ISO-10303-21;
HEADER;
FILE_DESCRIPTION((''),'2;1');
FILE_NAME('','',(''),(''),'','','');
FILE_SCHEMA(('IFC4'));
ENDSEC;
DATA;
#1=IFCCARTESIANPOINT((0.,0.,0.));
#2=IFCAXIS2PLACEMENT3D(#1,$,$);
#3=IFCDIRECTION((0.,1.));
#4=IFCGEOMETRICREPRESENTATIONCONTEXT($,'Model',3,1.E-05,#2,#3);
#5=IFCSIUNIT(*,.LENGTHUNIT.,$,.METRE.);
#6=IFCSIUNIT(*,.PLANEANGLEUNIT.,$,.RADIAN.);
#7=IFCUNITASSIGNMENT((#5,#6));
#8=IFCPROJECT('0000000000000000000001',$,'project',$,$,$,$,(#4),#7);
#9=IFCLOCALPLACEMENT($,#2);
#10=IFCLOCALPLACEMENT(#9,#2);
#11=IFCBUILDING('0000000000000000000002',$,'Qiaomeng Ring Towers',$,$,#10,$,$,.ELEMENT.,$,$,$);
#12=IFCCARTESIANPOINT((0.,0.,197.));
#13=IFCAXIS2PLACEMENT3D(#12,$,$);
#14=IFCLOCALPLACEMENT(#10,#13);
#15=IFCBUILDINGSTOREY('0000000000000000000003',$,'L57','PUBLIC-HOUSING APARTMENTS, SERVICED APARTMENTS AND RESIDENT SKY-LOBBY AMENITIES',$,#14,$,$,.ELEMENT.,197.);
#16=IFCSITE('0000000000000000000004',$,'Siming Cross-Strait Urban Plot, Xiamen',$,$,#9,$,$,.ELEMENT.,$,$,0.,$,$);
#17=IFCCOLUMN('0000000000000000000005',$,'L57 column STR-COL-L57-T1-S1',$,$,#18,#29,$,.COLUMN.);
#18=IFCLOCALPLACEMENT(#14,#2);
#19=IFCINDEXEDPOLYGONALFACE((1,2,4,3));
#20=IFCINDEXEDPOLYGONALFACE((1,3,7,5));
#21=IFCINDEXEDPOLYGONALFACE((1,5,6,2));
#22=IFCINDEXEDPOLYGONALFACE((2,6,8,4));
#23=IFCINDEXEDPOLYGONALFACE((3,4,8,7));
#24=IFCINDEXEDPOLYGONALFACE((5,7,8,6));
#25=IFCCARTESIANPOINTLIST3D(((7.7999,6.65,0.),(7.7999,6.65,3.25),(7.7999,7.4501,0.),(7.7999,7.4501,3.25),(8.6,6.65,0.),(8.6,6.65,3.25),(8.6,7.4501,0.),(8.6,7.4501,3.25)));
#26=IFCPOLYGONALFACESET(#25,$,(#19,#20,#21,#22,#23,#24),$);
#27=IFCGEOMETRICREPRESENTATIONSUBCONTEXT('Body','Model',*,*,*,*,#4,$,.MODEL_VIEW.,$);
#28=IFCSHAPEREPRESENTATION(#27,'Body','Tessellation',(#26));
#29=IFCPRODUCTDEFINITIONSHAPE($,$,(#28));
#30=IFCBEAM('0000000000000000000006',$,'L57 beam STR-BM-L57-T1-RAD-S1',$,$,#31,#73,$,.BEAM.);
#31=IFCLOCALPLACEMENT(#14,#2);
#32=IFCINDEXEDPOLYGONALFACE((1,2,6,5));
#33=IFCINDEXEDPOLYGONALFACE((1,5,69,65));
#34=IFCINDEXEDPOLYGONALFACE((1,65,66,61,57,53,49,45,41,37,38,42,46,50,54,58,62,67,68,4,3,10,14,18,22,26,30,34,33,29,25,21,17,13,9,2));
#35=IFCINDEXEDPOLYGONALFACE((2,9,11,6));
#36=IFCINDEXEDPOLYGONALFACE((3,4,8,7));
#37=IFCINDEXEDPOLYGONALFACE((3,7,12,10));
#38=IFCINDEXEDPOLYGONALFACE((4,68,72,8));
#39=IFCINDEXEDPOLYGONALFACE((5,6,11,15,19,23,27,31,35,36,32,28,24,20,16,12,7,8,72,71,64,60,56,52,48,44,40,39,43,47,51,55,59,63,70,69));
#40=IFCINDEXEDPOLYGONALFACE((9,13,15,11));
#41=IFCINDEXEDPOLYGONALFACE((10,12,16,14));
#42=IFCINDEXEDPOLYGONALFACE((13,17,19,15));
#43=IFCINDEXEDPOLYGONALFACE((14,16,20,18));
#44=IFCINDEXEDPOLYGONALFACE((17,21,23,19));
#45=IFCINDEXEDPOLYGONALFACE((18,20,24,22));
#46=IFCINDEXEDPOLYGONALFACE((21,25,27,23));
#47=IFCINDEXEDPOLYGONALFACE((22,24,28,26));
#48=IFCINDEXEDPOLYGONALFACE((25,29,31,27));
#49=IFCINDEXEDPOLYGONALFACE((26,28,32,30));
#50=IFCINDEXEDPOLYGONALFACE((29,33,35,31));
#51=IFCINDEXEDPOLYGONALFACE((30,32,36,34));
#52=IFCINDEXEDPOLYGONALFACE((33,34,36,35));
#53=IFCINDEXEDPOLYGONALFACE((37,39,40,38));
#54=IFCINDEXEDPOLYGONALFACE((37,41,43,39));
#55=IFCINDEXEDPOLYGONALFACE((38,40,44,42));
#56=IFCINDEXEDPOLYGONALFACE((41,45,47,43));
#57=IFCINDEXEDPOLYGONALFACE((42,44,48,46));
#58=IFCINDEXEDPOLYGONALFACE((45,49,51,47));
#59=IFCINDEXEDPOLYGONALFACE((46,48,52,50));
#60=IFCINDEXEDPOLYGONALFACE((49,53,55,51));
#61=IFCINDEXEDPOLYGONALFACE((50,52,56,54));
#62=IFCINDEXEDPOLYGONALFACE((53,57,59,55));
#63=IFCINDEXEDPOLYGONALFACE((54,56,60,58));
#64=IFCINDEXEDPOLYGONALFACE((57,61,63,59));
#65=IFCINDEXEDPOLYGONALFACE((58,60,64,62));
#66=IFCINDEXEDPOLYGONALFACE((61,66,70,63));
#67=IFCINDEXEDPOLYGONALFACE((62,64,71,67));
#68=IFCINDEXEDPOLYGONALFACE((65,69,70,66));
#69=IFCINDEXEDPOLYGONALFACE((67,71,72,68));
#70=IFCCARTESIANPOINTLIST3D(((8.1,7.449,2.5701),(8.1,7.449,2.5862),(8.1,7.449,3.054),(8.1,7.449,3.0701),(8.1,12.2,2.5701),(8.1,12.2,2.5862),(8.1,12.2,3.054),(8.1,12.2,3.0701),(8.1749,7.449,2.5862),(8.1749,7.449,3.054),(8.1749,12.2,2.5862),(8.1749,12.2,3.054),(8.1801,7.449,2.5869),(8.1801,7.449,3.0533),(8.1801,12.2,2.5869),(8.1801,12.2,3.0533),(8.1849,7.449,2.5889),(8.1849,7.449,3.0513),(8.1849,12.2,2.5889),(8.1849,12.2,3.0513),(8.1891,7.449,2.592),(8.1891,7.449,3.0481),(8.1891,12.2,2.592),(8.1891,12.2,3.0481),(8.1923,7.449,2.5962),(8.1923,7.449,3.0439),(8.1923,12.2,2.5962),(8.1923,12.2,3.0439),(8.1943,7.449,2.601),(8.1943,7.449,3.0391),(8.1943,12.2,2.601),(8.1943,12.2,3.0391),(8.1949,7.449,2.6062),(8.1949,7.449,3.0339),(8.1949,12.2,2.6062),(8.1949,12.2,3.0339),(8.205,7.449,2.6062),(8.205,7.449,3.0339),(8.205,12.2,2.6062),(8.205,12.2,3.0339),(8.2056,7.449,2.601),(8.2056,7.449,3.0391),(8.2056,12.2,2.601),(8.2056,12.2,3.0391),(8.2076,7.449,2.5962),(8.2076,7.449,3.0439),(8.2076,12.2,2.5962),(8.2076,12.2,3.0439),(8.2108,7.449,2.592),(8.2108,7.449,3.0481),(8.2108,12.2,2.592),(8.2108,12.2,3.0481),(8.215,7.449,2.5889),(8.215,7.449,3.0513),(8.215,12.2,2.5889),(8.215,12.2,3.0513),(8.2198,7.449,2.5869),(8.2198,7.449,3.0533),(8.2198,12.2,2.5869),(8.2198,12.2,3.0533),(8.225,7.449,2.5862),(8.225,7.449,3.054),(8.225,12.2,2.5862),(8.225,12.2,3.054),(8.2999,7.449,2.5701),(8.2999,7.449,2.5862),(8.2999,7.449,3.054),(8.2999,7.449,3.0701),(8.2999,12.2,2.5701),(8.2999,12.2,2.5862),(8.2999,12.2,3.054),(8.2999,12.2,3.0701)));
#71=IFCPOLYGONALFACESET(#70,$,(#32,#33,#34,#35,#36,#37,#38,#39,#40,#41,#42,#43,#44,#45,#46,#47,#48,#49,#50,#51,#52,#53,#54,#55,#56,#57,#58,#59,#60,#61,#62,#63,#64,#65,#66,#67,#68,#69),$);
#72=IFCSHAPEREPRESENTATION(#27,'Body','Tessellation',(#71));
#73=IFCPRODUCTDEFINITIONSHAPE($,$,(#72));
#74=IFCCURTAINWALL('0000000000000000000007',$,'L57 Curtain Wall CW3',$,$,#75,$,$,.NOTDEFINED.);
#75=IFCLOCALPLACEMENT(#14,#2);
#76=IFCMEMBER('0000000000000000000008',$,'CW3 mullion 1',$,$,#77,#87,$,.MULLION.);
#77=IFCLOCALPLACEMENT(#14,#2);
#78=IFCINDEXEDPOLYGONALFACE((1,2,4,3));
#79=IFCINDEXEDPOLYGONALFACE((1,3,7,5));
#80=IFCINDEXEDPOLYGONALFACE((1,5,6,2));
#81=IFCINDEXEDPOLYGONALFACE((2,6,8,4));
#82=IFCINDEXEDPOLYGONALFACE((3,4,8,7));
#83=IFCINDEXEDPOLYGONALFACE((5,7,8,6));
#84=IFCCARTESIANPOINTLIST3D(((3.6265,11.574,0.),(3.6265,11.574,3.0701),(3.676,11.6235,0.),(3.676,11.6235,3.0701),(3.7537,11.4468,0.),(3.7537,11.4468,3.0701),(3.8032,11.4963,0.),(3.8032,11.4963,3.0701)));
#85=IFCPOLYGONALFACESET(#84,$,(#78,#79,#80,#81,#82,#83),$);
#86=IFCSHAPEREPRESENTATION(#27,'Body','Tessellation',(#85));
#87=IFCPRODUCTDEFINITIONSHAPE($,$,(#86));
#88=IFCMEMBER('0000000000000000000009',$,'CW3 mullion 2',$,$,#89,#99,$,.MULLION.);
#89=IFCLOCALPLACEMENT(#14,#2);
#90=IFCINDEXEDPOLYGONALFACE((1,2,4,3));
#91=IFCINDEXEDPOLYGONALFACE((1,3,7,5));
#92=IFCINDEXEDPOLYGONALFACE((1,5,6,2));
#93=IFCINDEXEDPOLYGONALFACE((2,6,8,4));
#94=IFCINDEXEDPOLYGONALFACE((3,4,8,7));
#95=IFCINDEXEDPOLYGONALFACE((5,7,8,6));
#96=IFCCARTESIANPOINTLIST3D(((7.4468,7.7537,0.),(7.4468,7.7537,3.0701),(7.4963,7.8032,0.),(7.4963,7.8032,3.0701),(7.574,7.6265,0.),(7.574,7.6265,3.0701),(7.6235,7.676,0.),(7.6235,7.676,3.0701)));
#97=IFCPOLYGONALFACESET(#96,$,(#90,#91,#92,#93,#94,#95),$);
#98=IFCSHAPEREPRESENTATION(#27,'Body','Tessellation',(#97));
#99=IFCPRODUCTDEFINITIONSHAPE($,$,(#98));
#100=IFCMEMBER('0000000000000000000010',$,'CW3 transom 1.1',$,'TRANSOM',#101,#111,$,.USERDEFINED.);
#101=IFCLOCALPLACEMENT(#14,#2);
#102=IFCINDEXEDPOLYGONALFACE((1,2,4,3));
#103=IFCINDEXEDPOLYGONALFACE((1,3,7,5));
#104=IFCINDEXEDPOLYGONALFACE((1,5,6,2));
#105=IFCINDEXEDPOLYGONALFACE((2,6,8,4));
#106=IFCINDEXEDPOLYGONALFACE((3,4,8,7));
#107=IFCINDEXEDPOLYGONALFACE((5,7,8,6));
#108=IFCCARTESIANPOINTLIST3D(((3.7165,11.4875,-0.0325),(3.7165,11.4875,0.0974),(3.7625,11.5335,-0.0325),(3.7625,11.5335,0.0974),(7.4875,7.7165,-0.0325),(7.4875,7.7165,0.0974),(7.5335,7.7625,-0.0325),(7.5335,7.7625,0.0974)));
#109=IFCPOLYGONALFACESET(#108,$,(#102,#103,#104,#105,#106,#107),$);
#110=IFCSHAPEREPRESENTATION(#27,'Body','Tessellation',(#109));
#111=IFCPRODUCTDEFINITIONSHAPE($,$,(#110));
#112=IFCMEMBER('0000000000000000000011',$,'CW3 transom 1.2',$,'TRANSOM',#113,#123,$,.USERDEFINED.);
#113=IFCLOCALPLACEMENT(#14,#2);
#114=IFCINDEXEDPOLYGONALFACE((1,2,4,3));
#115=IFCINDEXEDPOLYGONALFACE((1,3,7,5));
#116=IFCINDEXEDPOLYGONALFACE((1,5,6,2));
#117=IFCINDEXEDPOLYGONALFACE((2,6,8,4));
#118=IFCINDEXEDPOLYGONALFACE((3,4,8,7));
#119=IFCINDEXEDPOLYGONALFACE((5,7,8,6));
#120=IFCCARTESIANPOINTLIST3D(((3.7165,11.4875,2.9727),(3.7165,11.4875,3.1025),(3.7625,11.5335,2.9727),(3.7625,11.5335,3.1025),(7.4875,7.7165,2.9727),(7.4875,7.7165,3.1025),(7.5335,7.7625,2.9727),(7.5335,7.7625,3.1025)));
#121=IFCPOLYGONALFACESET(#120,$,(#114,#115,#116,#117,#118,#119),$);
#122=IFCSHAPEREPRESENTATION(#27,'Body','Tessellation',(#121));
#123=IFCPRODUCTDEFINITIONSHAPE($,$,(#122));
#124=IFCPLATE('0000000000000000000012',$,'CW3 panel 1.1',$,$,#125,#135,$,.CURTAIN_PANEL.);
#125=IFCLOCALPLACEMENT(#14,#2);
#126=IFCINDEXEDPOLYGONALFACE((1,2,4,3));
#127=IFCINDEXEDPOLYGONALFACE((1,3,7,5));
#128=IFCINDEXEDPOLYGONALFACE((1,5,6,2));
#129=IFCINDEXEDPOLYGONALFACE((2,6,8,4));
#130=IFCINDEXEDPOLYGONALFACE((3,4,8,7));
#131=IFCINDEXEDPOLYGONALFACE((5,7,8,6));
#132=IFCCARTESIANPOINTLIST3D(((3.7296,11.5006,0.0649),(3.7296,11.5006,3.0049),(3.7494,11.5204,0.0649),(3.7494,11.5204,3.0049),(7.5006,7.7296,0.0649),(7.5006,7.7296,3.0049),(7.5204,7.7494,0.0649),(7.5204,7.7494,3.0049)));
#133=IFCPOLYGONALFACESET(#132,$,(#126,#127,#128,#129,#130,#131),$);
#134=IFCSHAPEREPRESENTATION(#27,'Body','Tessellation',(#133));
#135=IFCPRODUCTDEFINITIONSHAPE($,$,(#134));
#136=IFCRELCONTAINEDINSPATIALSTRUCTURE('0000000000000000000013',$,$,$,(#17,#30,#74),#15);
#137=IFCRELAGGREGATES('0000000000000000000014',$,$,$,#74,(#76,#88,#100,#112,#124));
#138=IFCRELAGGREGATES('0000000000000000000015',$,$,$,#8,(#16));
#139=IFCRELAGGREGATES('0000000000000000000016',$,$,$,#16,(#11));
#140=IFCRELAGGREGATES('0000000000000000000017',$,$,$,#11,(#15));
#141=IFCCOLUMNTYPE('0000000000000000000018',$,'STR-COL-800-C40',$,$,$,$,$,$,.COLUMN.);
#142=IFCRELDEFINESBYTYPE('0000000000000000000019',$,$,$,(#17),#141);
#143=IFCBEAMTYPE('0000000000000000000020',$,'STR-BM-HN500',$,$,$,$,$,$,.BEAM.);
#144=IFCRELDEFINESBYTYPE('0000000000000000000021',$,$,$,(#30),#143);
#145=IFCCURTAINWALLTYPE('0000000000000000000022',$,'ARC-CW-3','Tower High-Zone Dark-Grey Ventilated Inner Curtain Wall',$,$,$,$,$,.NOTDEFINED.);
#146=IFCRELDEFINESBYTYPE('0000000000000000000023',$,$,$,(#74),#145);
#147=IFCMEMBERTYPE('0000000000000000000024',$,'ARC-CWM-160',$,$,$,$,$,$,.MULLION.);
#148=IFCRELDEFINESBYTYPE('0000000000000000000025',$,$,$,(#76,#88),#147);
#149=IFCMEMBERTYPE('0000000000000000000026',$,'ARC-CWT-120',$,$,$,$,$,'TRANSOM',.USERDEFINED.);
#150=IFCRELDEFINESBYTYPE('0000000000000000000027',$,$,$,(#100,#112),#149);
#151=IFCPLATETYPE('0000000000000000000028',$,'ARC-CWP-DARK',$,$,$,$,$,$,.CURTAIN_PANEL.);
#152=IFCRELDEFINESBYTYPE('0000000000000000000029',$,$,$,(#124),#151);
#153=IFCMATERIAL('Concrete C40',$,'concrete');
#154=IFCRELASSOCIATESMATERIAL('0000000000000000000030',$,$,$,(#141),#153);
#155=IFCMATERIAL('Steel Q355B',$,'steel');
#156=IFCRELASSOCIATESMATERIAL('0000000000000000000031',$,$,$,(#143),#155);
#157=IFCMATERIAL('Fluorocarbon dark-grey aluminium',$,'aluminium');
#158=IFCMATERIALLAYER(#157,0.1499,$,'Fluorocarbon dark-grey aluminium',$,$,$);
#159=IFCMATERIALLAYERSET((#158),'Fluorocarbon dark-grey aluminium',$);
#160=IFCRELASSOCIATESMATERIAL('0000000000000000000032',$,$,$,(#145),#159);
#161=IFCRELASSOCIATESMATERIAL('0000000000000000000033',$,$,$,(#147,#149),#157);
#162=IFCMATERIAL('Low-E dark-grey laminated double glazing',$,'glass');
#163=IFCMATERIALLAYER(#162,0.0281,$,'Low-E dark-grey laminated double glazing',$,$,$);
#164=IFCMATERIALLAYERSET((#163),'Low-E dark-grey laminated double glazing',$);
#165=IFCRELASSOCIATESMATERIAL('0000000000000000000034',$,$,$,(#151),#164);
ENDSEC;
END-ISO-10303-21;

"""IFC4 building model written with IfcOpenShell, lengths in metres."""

from ifc_helpers import new_model, si_unit, direction, frame, origin, origin_2d, place, context, subcontext, project, spatial, rectangle, i_section, extrude, source, transform, mapped, material, layer, layer_set, material_profile, profile_set, type_object, element, aggregate, save


model = new_model("IFC4")

# Units and contexts
model_context = context("Model", 3, precision=1e-05, world=origin(), true_north=direction((0.0, 1.0)))
body_context = subcontext(model_context, "Body", "Model", "MODEL_VIEW")
ifc_project = project(units=[si_unit("LENGTHUNIT", "METRE"), si_unit("PLANEANGLEUNIT", "RADIAN")], contexts=[model_context])

# Site, building, storey
site_placement = place(None, origin())
site = spatial("IfcSite", under=ifc_project, at=site_placement, Name="Siming Cross-Strait Urban Plot, Xiamen", CompositionType="ELEMENT", RefElevation=0.0)
building_placement = place(site_placement, origin())
building = spatial("IfcBuilding", under=site, at=building_placement, Name="Qiaomeng Ring Towers", CompositionType="ELEMENT")
storey_placement = place(building_placement, frame((0.0, 0.0, 197.0)))
storey = spatial("IfcBuildingStorey", under=building, at=storey_placement, Name="L57", Description="PUBLIC-HOUSING APARTMENTS, SERVICED APARTMENTS AND RESIDENT SKY-LOBBY AMENITIES", CompositionType="ELEMENT", Elevation=197.0)

# Column
ifc_material_1 = material(Name="Concrete C40", Category="concrete")
ifc_material_profile_1 = material_profile(ifc_material_1, rectangle(XDim=0.8, YDim=0.8, at=origin_2d()), Name="RC COL 800x800")
ifc_profile_set_1 = profile_set([ifc_material_profile_1], Name="Concrete C40")
column_type = type_object("IfcColumnType", Name="STR-COL-800-C40", PredefinedType="COLUMN", material=ifc_profile_set_1)
shared_shape_1 = source(origin(), body_context, "Body", "SweptSolid", [
    extrude(rectangle(XDim=0.8, YDim=0.8, at=origin_2d()), origin(), (0.0, 0.0, 1.0), 3.25),
])
column_placement = place(storey_placement, frame((8.2, 7.05, 0.0), z_axis=(0.0, 0.0, 1.0), x_axis=(1.0, 0.0, 0.0)))
element("IfcColumn", 1, at=column_placement, inside=storey, type_object=column_type, Name="L57 column STR-COL-L57-T1-S1", PredefinedType="COLUMN", context=body_context, shape_type="MappedRepresentation", body=[
    mapped(shared_shape_1, transform((0.0, 0.0, 0.0), x_axis=(1.0, 0.0, 0.0), y_axis=(0.0, 1.0, 0.0), z_axis=(0.0, 0.0, 1.0), scale=1.0)),
])

# Beam
ifc_material_2 = material(Name="Steel Q355B", Category="steel")
ifc_material_profile_2 = material_profile(ifc_material_2, i_section(OverallWidth=0.2, OverallDepth=0.5, WebThickness=0.01, FlangeThickness=0.0161, FilletRadius=0.02, at=origin_2d()), Name="HN 500x200x10x16")
ifc_profile_set_2 = profile_set([ifc_material_profile_2], Name="Steel Q355B")
beam_type = type_object("IfcBeamType", Name="STR-BM-HN500", PredefinedType="BEAM", material=ifc_profile_set_2)
shared_shape_2 = source(origin(), body_context, "Body", "SweptSolid", [
    extrude(i_section(OverallWidth=0.2, OverallDepth=0.5, WebThickness=0.01, FlangeThickness=0.0161, FilletRadius=0.02, at=origin_2d()), origin(), (0.0, 0.0, 1.0), 4.751),
])
beam_placement = place(storey_placement, frame((8.2, 7.449, 2.8201), z_axis=(0.0, 1.0, 0.0), x_axis=(-1.0, 0.0, 0.0)))
element("IfcBeam", 2, at=beam_placement, inside=storey, type_object=beam_type, Name="L57 beam STR-BM-L57-T1-RAD-S1", PredefinedType="BEAM", context=body_context, shape_type="MappedRepresentation", body=[
    mapped(shared_shape_2, transform((0.0, 0.0, 0.0), x_axis=(1.0, 0.0, 0.0), y_axis=(0.0, 1.0, 0.0), z_axis=(0.0, 0.0, 1.0), scale=1.0)),
])

# Curtain wall, members, plate
ifc_material_3 = material(Name="Fluorocarbon dark-grey aluminium", Category="aluminium")
ifc_layer_1 = layer(ifc_material_3, 0.1499, Name="Fluorocarbon dark-grey aluminium")
ifc_layer_set_1 = layer_set([ifc_layer_1], Name="Fluorocarbon dark-grey aluminium")
curtain_wall_type = type_object("IfcCurtainWallType", Name="ARC-CW-3", Description="Tower High-Zone Dark-Grey Ventilated Inner Curtain Wall", PredefinedType="NOTDEFINED", material=ifc_layer_set_1)
curtain_wall_placement = place(storey_placement, origin())
curtain_wall = element("IfcCurtainWall", 3, at=curtain_wall_placement, inside=storey, type_object=curtain_wall_type, Name="L57 Curtain Wall CW3", PredefinedType="NOTDEFINED")
ifc_material_profile_3 = material_profile(ifc_material_3, rectangle(XDim=0.0701, YDim=0.1799, at=origin_2d()), Name="ALU MULL 70x180")
ifc_profile_set_3 = profile_set([ifc_material_profile_3], Name="Fluorocarbon dark-grey aluminium")
member_type_1 = type_object("IfcMemberType", Name="ARC-CWM-160", PredefinedType="MULLION", material=ifc_profile_set_3)
shared_shape_3 = source(origin(), body_context, "Body", "SweptSolid", [
    extrude(rectangle(XDim=0.0701, YDim=0.1799, at=origin_2d()), origin(), (0.0, 0.0, 1.0), 3.0701),
])
member_1_placement = place(storey_placement, frame((3.7148, 11.5352, 0.0), z_axis=(0.0, 0.0, 1.0), x_axis=(0.707107, 0.707107, 0.0)))
member_1 = element("IfcMember", 4, at=member_1_placement, type_object=member_type_1, Name="CW3 mullion 1", PredefinedType="MULLION", context=body_context, shape_type="MappedRepresentation", body=[
    mapped(shared_shape_3, transform((0.0, 0.0, 0.0), x_axis=(1.0, 0.0, 0.0), y_axis=(0.0, 1.0, 0.0), z_axis=(0.0, 0.0, 1.0), scale=1.0)),
])
member_2_placement = place(storey_placement, frame((7.5352, 7.7148, 0.0), z_axis=(0.0, 0.0, 1.0), x_axis=(0.707107, 0.707107, 0.0)))
member_2 = element("IfcMember", 5, at=member_2_placement, type_object=member_type_1, Name="CW3 mullion 2", PredefinedType="MULLION", context=body_context, shape_type="MappedRepresentation", body=[
    mapped(shared_shape_3, transform((0.0, 0.0, 0.0), x_axis=(1.0, 0.0, 0.0), y_axis=(0.0, 1.0, 0.0), z_axis=(0.0, 0.0, 1.0), scale=1.0)),
])
ifc_material_profile_4 = material_profile(ifc_material_3, rectangle(XDim=0.0649, YDim=0.1299, at=origin_2d()), Name="ALU TRAN 65x130")
ifc_profile_set_4 = profile_set([ifc_material_profile_4], Name="Fluorocarbon dark-grey aluminium")
member_type_2 = type_object("IfcMemberType", Name="ARC-CWT-120", ElementType="TRANSOM", PredefinedType="USERDEFINED", material=ifc_profile_set_4)
shared_shape_4 = source(origin(), body_context, "Body", "SweptSolid", [
    extrude(rectangle(XDim=0.0649, YDim=0.1299, at=origin_2d()), origin(), (0.0, 0.0, 1.0), 5.333),
])
member_3_placement = place(storey_placement, frame((3.7395, 11.5105, 0.0325), z_axis=(0.707107, -0.707107, 0.0), x_axis=(0.707107, 0.707107, 0.0)))
member_3 = element("IfcMember", 6, at=member_3_placement, type_object=member_type_2, Name="CW3 transom 1.1", ObjectType="TRANSOM", PredefinedType="USERDEFINED", context=body_context, shape_type="MappedRepresentation", body=[
    mapped(shared_shape_4, transform((0.0, 0.0, 0.0), x_axis=(1.0, 0.0, 0.0), y_axis=(0.0, 1.0, 0.0), z_axis=(0.0, 0.0, 1.0), scale=1.0)),
])
member_4_placement = place(storey_placement, frame((3.7395, 11.5105, 3.0376), z_axis=(0.707107, -0.707107, 0.0), x_axis=(0.707107, 0.707107, 0.0)))
member_4 = element("IfcMember", 7, at=member_4_placement, type_object=member_type_2, Name="CW3 transom 1.2", ObjectType="TRANSOM", PredefinedType="USERDEFINED", context=body_context, shape_type="MappedRepresentation", body=[
    mapped(shared_shape_4, transform((0.0, 0.0, 0.0), x_axis=(1.0, 0.0, 0.0), y_axis=(0.0, 1.0, 0.0), z_axis=(0.0, 0.0, 1.0), scale=1.0)),
])
ifc_material_4 = material(Name="Low-E dark-grey laminated double glazing", Category="glass")
ifc_layer_2 = layer(ifc_material_4, 0.0281, Name="Low-E dark-grey laminated double glazing")
ifc_layer_set_2 = layer_set([ifc_layer_2], Name="Low-E dark-grey laminated double glazing")
plate_type = type_object("IfcPlateType", Name="ARC-CWP-DARK", PredefinedType="CURTAIN_PANEL", material=ifc_layer_set_2)
shared_shape_5 = source(origin(), body_context, "Body", "SweptSolid", [
    extrude(rectangle(XDim=5.333, YDim=0.0281, at=origin_2d()), origin(), (0.0, 0.0, 1.0), 2.9399),
])
plate_placement = place(storey_placement, frame((5.625, 9.625, 0.0649), z_axis=(0.0, 0.0, 1.0), x_axis=(0.707107, -0.707107, 0.0)))
plate = element("IfcPlate", 8, at=plate_placement, type_object=plate_type, Name="CW3 panel 1.1", PredefinedType="CURTAIN_PANEL", context=body_context, shape_type="MappedRepresentation", body=[
    mapped(shared_shape_5, transform((0.0, 0.0, 0.0), x_axis=(1.0, 0.0, 0.0), y_axis=(0.0, 1.0, 0.0), z_axis=(0.0, 0.0, 1.0), scale=1.0)),
])
aggregate(curtain_wall, [member_1, member_2, member_3, member_4, plate])

save(model, "model.ifc")
